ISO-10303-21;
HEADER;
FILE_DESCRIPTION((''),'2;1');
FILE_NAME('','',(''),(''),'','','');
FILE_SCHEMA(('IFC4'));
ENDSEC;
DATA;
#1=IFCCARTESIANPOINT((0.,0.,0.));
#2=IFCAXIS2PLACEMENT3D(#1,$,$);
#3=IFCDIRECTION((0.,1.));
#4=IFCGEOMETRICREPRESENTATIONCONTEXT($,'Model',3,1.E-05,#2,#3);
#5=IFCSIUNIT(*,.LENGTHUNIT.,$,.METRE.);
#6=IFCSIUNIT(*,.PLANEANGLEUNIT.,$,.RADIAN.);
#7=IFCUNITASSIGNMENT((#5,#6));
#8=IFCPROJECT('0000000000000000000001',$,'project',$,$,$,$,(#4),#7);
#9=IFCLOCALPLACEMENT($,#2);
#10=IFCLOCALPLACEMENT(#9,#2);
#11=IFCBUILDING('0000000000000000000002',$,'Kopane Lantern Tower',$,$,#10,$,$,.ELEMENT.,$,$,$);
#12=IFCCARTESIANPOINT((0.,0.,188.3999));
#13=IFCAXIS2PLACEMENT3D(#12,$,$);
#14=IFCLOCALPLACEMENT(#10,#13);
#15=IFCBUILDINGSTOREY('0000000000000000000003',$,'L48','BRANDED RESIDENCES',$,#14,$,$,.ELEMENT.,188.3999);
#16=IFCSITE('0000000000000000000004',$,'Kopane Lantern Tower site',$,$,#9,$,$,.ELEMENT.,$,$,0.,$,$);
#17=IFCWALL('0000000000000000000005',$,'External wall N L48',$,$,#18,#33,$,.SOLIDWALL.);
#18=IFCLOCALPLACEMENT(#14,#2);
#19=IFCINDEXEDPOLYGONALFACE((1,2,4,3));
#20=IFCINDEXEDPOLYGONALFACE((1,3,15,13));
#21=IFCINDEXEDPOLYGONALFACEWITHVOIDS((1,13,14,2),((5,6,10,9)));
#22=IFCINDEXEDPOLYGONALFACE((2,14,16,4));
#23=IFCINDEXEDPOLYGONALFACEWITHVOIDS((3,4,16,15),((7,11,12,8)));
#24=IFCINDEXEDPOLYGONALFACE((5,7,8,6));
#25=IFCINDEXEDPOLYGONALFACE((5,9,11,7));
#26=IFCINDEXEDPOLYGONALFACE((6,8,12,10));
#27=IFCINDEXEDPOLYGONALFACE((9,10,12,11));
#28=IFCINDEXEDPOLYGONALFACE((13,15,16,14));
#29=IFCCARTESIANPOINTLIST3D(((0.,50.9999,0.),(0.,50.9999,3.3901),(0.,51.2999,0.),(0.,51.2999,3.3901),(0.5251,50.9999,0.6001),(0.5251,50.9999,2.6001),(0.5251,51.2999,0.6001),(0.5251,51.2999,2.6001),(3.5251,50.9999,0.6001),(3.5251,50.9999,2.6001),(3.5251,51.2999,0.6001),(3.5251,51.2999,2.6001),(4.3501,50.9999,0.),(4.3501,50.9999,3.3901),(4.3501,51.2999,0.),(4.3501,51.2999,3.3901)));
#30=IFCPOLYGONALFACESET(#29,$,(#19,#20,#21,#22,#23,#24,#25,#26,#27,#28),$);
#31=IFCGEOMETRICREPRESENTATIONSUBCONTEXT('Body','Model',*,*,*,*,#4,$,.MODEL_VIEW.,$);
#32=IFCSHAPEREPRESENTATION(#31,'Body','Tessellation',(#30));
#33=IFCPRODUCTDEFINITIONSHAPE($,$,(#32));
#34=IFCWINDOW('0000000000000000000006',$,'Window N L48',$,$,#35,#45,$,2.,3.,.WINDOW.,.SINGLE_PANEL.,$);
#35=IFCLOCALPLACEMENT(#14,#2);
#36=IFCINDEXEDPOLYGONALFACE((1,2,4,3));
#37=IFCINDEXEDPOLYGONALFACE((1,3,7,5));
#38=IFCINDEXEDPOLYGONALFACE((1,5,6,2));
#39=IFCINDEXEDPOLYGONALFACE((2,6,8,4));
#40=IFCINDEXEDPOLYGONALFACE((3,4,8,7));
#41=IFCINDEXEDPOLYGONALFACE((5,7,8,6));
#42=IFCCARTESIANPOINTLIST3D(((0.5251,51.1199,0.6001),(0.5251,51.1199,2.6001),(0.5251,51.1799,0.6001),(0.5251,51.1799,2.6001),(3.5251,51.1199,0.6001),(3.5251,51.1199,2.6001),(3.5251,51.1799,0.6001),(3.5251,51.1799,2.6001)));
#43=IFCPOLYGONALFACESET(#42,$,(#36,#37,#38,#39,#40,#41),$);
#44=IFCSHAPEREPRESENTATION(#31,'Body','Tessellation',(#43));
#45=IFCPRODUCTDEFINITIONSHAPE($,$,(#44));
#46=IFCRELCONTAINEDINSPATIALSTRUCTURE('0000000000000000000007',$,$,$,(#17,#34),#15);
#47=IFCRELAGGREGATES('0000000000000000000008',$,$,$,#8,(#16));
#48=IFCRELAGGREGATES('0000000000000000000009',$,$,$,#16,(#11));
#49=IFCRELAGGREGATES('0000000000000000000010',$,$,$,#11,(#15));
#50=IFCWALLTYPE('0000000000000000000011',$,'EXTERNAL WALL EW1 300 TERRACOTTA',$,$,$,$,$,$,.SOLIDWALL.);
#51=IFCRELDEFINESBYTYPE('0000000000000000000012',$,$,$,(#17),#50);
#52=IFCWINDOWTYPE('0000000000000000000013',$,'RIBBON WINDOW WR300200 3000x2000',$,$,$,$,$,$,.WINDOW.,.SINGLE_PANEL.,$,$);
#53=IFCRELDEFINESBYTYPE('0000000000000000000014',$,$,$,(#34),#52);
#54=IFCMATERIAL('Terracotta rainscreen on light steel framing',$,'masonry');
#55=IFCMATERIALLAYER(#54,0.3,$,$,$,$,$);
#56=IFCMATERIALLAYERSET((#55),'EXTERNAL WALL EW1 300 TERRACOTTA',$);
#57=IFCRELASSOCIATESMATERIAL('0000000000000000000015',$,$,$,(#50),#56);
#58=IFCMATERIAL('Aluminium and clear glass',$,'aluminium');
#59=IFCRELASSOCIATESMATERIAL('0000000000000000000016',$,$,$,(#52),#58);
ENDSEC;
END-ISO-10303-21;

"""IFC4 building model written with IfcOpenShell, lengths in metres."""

from ifc_helpers import new_model, si_unit, direction, frame, frame_2d, origin, place, context, subcontext, project, spatial, rectangle, extrude, material, layer, layer_set, type_object, element, fill, save


model = new_model("IFC4")

# Units and contexts
model_context = context("Model", 3, precision=1e-05, world=origin(), true_north=direction((0.0, 1.0)))
body_context = subcontext(model_context, "Body", "Model", "MODEL_VIEW")
ifc_project = project(units=[si_unit("LENGTHUNIT", "METRE"), si_unit("PLANEANGLEUNIT", "RADIAN")], contexts=[model_context])

# Site, building, storey
site_placement = place(None, origin())
site = spatial("IfcSite", under=ifc_project, at=site_placement, Name="Kopane Lantern Tower site", CompositionType="ELEMENT", RefElevation=0.0)
building_placement = place(site_placement, origin())
building = spatial("IfcBuilding", under=site, at=building_placement, Name="Kopane Lantern Tower", CompositionType="ELEMENT")
storey_placement = place(building_placement, frame((0.0, 0.0, 188.3999)))
storey = spatial("IfcBuildingStorey", under=building, at=storey_placement, Name="L48", Description="BRANDED RESIDENCES", CompositionType="ELEMENT", Elevation=188.3999)

# Wall, opening, window
ifc_material_1 = material(Name="Terracotta rainscreen on light steel framing", Category="masonry")
ifc_layer = layer(ifc_material_1, 0.3)
ifc_layer_set = layer_set([ifc_layer], Name="EXTERNAL WALL EW1 300 TERRACOTTA")
wall_type = type_object("IfcWallType", Name="EXTERNAL WALL EW1 300 TERRACOTTA", PredefinedType="SOLIDWALL", material=ifc_layer_set)
ifc_material_2 = material(Name="Aluminium and clear glass", Category="aluminium")
window_type_1 = type_object("IfcWindowType", Name="RIBBON WINDOW WR300200 3000x2000", PartitioningType="SINGLE_PANEL", PredefinedType="WINDOW", material=ifc_material_2)
wall_1_placement = place(storey_placement, frame((4.3501, 51.1499, 0.0), z_axis=(0.0, 0.0, 1.0), x_axis=(-1.0, 0.0, 0.0)))
wall_1 = element("IfcWall", 1, at=wall_1_placement, inside=storey, type_object=wall_type, Name="External wall N L48", PredefinedType="SOLIDWALL", context=body_context, shape_type="SweptSolid", body=[
    extrude(rectangle(XDim=4.3501, YDim=0.3, at=frame_2d((2.175, 0.0))), origin(), (0.0, 0.0, 1.0), 3.3901),
])
opening_1_placement = place(wall_1_placement, frame((0.825, 0.0, 0.6001)))
opening_1 = element("IfcOpeningElement", 2, at=opening_1_placement, cuts=wall_1, PredefinedType="OPENING", context=body_context, shape_type="SweptSolid", body=[
    extrude(rectangle(XDim=3.0, YDim=2.0, at=frame_2d((1.5, 1.0))), frame((0.0, 0.1599, 0.0), z_axis=(0.0, -1.0, 0.0), x_axis=(1.0, 0.0, 0.0)), (0.0, 0.0, 1.0), 0.3201),
])
window_1_placement = place(opening_1_placement, origin())
window_1 = element("IfcWindow", 3, at=window_1_placement, inside=storey, type_object=window_type_1, Name="Window N L48", OverallHeight=2.0, OverallWidth=3.0, PartitioningType="SINGLE_PANEL", PredefinedType="WINDOW", context=body_context, shape_type="SweptSolid", body=[
    extrude(rectangle(XDim=3.0, YDim=2.0, at=frame_2d((1.5, 1.0))), frame((0.0, 0.03, 0.0), z_axis=(0.0, -1.0, 0.0), x_axis=(1.0, 0.0, 0.0)), (0.0, 0.0, 1.0), 0.0601),
])
fill(opening_1, window_1)

save(model, "model.ifc")
